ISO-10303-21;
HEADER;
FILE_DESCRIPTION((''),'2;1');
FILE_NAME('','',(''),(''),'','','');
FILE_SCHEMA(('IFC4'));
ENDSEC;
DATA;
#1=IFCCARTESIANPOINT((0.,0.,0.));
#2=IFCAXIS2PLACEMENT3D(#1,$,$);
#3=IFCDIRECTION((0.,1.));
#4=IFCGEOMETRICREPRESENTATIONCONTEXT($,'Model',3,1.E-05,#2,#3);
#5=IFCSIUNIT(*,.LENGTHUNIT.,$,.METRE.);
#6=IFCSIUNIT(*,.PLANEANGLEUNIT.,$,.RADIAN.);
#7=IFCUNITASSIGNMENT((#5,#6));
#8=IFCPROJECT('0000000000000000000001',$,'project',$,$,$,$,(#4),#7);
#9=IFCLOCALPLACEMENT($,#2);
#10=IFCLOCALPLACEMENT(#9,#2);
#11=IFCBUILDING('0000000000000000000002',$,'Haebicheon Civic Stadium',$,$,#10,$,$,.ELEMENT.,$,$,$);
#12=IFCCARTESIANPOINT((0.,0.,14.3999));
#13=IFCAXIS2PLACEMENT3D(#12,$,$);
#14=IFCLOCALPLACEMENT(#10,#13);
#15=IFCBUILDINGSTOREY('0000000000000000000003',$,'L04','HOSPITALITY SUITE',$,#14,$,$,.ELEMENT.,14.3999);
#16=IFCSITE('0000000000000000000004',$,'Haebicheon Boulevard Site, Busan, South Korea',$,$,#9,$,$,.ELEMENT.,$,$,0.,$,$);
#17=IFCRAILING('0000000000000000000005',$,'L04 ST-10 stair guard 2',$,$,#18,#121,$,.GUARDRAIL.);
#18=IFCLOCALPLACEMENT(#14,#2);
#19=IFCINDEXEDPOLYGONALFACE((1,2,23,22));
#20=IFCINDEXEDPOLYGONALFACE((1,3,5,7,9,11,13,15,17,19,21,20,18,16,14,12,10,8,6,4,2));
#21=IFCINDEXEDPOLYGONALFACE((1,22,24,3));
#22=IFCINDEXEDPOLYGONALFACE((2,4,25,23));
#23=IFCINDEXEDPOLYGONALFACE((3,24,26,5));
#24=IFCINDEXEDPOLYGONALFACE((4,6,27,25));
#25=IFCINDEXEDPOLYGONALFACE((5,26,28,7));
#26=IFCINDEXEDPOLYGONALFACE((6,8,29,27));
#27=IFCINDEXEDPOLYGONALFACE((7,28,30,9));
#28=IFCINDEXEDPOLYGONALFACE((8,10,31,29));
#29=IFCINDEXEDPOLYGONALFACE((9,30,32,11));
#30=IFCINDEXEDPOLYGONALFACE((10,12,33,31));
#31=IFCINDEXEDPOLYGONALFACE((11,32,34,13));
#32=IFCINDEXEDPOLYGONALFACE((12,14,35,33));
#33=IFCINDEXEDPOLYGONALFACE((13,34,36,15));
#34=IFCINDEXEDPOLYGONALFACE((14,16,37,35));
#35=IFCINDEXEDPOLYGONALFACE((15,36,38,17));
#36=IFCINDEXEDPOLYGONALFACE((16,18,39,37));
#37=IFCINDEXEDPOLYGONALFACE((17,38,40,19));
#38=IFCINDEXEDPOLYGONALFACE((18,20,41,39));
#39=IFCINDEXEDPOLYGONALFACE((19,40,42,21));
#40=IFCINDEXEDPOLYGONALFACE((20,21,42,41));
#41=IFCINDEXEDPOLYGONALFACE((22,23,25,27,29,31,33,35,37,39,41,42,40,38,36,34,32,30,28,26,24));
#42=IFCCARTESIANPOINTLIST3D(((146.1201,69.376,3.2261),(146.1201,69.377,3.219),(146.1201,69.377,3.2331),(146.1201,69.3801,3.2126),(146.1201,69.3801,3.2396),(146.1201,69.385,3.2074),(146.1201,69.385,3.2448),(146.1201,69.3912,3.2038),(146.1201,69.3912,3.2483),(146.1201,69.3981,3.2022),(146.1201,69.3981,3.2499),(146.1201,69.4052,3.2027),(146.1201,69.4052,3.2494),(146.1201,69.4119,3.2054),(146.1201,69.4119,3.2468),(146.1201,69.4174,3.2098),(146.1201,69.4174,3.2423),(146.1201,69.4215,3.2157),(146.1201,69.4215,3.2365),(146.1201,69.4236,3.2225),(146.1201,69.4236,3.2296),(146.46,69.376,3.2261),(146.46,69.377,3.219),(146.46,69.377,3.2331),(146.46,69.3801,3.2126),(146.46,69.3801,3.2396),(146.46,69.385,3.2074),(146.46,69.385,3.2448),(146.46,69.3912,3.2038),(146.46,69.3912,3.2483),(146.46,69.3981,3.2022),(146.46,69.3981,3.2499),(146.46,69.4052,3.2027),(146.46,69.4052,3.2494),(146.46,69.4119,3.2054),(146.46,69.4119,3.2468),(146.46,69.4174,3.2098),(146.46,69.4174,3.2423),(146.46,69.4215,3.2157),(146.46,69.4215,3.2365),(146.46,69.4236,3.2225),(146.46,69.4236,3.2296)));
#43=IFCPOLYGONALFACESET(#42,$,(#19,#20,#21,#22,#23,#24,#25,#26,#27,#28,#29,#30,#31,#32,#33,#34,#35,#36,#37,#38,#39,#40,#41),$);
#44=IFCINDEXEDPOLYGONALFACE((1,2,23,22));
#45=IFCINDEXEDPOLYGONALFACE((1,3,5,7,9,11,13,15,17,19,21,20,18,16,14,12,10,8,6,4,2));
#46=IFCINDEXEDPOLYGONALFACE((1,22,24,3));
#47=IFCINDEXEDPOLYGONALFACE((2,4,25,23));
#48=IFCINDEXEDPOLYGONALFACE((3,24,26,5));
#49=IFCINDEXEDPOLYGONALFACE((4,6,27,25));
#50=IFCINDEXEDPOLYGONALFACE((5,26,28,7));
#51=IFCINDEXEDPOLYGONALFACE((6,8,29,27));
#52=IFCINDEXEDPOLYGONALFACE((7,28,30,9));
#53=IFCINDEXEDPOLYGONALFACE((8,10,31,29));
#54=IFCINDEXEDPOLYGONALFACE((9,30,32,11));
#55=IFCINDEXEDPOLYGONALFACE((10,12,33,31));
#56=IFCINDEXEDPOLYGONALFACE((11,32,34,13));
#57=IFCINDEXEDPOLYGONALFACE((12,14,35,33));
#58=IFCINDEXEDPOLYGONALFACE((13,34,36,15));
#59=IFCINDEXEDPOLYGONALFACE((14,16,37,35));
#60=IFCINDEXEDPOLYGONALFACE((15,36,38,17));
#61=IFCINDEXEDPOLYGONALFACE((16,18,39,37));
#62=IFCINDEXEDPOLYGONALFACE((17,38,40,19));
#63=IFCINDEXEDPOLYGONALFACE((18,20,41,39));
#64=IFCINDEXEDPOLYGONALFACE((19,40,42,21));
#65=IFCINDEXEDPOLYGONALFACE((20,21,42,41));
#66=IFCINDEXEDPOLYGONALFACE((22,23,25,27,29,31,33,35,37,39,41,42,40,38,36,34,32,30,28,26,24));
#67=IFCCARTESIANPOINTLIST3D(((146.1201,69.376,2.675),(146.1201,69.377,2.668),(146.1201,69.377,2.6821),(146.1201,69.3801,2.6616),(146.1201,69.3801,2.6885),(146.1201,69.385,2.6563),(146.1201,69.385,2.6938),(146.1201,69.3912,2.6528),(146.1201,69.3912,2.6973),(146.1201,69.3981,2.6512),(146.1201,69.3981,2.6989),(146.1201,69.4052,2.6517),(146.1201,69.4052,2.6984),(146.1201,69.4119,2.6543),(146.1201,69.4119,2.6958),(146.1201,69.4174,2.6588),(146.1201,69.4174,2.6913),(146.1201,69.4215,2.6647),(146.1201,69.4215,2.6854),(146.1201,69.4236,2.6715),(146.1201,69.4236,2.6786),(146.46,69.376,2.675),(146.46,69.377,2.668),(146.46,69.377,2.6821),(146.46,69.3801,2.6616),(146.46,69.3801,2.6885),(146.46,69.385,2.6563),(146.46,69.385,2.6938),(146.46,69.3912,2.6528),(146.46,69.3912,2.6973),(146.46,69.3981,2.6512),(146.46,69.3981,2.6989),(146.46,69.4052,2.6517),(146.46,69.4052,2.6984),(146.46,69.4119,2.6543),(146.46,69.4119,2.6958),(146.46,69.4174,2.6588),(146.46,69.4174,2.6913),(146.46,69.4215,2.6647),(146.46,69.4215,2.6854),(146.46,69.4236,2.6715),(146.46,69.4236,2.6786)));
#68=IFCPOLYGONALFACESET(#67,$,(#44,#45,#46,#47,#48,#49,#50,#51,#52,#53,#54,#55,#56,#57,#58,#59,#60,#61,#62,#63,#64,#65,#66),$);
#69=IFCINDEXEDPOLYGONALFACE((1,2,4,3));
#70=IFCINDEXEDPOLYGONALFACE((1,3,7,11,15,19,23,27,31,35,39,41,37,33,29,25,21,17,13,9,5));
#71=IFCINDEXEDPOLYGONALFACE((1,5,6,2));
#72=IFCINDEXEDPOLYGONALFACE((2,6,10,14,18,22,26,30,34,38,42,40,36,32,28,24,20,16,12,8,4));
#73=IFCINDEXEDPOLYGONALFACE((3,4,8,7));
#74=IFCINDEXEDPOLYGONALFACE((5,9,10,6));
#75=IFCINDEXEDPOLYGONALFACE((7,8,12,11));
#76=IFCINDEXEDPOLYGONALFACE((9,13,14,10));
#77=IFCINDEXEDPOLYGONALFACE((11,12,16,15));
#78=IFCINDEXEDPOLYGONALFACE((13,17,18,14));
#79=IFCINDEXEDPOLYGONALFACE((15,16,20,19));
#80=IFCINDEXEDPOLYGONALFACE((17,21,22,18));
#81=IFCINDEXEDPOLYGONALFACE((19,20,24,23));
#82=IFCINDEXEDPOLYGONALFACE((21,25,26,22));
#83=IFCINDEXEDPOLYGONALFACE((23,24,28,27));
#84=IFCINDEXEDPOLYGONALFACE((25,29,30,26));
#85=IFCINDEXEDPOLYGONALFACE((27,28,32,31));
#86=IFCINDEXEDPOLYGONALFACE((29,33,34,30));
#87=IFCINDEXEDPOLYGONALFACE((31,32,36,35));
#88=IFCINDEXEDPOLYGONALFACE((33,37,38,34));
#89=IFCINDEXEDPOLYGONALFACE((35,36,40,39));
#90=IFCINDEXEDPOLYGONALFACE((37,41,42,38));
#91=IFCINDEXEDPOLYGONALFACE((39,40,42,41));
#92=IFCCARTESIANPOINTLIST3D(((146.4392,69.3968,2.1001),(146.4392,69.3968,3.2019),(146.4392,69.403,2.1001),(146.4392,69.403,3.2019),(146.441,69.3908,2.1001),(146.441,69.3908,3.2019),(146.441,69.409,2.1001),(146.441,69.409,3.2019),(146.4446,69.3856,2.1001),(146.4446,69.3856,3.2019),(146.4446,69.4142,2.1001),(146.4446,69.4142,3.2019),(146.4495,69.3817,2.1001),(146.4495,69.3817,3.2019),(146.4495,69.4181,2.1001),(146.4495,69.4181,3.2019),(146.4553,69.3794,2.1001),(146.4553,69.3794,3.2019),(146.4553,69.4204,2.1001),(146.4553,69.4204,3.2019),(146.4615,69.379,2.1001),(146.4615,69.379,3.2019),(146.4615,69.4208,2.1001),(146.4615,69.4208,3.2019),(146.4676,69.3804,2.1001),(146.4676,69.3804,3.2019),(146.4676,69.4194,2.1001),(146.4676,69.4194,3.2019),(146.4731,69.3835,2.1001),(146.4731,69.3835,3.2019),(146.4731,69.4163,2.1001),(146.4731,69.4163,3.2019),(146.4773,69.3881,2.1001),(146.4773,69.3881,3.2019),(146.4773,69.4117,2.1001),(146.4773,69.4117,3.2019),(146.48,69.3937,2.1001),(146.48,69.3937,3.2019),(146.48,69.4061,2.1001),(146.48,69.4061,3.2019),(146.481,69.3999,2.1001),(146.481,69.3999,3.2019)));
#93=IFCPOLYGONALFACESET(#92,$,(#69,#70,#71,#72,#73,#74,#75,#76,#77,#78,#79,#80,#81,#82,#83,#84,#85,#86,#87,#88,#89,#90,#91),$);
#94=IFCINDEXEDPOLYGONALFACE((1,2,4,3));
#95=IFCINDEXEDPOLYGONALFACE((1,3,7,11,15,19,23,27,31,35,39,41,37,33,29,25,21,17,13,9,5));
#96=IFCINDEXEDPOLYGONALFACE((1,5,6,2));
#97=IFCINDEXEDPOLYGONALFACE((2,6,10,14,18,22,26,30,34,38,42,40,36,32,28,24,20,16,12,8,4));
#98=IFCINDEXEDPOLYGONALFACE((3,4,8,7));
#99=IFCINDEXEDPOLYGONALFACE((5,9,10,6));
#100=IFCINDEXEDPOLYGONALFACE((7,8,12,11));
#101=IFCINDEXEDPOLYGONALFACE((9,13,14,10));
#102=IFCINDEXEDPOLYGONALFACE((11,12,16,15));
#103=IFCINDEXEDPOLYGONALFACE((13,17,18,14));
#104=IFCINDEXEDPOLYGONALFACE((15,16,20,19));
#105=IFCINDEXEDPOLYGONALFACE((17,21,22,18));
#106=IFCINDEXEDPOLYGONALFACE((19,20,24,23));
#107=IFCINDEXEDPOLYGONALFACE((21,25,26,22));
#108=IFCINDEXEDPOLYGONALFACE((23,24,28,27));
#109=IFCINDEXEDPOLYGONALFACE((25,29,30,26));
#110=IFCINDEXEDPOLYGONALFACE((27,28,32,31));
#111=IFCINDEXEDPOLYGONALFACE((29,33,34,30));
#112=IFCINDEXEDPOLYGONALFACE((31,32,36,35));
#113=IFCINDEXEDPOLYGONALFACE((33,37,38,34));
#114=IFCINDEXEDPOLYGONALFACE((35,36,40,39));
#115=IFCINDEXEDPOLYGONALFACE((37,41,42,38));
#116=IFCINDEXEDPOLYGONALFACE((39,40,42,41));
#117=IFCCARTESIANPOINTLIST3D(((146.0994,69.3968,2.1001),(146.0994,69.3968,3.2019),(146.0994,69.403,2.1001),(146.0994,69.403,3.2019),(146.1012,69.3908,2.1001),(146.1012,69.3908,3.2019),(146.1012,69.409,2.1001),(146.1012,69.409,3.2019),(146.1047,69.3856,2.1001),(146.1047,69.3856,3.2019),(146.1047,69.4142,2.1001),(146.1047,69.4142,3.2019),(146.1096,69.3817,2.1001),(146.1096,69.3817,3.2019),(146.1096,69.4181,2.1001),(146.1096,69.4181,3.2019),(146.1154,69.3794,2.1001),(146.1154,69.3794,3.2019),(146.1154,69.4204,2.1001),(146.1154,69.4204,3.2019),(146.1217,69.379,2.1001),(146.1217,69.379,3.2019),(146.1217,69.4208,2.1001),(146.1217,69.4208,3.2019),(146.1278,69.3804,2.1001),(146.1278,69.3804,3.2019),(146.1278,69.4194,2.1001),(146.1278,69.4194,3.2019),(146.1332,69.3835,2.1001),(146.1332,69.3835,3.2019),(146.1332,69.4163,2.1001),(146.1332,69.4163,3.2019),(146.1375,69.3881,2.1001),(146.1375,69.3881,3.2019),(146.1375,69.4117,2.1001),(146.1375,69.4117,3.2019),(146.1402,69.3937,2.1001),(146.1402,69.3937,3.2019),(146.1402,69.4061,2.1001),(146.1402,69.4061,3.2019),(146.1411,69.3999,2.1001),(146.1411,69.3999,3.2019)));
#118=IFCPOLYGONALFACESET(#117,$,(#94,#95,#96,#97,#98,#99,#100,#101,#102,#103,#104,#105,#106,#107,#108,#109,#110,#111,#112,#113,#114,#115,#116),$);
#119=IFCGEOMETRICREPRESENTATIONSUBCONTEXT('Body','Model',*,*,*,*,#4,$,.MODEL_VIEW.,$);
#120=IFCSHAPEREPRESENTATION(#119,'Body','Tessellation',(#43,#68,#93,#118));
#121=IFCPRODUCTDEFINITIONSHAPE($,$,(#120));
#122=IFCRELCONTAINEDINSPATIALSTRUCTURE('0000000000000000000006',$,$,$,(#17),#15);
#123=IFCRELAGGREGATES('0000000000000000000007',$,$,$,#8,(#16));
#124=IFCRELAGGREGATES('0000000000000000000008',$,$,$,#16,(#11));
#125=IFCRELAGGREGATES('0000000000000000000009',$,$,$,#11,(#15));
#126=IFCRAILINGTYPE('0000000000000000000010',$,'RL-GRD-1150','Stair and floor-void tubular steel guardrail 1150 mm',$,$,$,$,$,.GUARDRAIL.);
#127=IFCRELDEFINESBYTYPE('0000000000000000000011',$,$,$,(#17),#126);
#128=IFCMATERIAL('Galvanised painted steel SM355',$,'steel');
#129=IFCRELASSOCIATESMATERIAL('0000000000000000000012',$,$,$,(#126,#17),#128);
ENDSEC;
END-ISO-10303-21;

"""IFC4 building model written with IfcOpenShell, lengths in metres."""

from ifc_helpers import new_model, si_unit, direction, frame, origin, origin_2d, place, context, subcontext, project, spatial, circle, extrude, material, type_object, element, save


model = new_model("IFC4")

# Units and contexts
model_context = context("Model", 3, precision=1e-05, world=origin(), true_north=direction((0.0, 1.0)))
body_context = subcontext(model_context, "Body", "Model", "MODEL_VIEW")
ifc_project = project(units=[si_unit("LENGTHUNIT", "METRE"), si_unit("PLANEANGLEUNIT", "RADIAN")], contexts=[model_context])

# Site, building, storey
site_placement = place(None, origin())
site = spatial("IfcSite", under=ifc_project, at=site_placement, Name="Haebicheon Boulevard Site, Busan, South Korea", CompositionType="ELEMENT", RefElevation=0.0)
building_placement = place(site_placement, origin())
building = spatial("IfcBuilding", under=site, at=building_placement, Name="Haebicheon Civic Stadium", CompositionType="ELEMENT")
storey_placement = place(building_placement, frame((0.0, 0.0, 14.3999)))
storey = spatial("IfcBuildingStorey", under=building, at=storey_placement, Name="L04", Description="HOSPITALITY SUITE", CompositionType="ELEMENT", Elevation=14.3999)

# Railing
ifc_material_1 = material(Name="Galvanised painted steel SM355", Category="steel")
railing_type_1 = type_object("IfcRailingType", Name="RL-GRD-1150", Description="Stair and floor-void tubular steel guardrail 1150 mm", PredefinedType="GUARDRAIL", material=ifc_material_1)
railing_1_placement = place(storey_placement, frame((146.46, 69.3999, 2.1001)))
element("IfcRailing", 1, at=railing_1_placement, inside=storey, type_object=railing_type_1, material=ifc_material_1, Name="L04 ST-10 stair guard 2", PredefinedType="GUARDRAIL", context=body_context, shape_type="SweptSolid", body=[
    extrude(circle(Radius=0.0239, at=origin_2d()), frame((0.0, 0.0, 1.126), z_axis=(-1.0, 0.0, 0.0), x_axis=(0.0, -1.0, 0.0)), (0.0, 0.0, 1.0), 0.3398),
    extrude(circle(Radius=0.0239, at=origin_2d()), frame((0.0, 0.0, 0.575), z_axis=(-1.0, 0.0, 0.0), x_axis=(0.0, -1.0, 0.0)), (0.0, 0.0, 1.0), 0.3398),
    extrude(circle(Radius=0.021, at=origin_2d()), origin(), (0.0, 0.0, 1.0), 1.1018),
    extrude(circle(Radius=0.021, at=origin_2d()), frame((-0.3398, 0.0, 0.0)), (0.0, 0.0, 1.0), 1.1018),
])

save(model, "model.ifc")
